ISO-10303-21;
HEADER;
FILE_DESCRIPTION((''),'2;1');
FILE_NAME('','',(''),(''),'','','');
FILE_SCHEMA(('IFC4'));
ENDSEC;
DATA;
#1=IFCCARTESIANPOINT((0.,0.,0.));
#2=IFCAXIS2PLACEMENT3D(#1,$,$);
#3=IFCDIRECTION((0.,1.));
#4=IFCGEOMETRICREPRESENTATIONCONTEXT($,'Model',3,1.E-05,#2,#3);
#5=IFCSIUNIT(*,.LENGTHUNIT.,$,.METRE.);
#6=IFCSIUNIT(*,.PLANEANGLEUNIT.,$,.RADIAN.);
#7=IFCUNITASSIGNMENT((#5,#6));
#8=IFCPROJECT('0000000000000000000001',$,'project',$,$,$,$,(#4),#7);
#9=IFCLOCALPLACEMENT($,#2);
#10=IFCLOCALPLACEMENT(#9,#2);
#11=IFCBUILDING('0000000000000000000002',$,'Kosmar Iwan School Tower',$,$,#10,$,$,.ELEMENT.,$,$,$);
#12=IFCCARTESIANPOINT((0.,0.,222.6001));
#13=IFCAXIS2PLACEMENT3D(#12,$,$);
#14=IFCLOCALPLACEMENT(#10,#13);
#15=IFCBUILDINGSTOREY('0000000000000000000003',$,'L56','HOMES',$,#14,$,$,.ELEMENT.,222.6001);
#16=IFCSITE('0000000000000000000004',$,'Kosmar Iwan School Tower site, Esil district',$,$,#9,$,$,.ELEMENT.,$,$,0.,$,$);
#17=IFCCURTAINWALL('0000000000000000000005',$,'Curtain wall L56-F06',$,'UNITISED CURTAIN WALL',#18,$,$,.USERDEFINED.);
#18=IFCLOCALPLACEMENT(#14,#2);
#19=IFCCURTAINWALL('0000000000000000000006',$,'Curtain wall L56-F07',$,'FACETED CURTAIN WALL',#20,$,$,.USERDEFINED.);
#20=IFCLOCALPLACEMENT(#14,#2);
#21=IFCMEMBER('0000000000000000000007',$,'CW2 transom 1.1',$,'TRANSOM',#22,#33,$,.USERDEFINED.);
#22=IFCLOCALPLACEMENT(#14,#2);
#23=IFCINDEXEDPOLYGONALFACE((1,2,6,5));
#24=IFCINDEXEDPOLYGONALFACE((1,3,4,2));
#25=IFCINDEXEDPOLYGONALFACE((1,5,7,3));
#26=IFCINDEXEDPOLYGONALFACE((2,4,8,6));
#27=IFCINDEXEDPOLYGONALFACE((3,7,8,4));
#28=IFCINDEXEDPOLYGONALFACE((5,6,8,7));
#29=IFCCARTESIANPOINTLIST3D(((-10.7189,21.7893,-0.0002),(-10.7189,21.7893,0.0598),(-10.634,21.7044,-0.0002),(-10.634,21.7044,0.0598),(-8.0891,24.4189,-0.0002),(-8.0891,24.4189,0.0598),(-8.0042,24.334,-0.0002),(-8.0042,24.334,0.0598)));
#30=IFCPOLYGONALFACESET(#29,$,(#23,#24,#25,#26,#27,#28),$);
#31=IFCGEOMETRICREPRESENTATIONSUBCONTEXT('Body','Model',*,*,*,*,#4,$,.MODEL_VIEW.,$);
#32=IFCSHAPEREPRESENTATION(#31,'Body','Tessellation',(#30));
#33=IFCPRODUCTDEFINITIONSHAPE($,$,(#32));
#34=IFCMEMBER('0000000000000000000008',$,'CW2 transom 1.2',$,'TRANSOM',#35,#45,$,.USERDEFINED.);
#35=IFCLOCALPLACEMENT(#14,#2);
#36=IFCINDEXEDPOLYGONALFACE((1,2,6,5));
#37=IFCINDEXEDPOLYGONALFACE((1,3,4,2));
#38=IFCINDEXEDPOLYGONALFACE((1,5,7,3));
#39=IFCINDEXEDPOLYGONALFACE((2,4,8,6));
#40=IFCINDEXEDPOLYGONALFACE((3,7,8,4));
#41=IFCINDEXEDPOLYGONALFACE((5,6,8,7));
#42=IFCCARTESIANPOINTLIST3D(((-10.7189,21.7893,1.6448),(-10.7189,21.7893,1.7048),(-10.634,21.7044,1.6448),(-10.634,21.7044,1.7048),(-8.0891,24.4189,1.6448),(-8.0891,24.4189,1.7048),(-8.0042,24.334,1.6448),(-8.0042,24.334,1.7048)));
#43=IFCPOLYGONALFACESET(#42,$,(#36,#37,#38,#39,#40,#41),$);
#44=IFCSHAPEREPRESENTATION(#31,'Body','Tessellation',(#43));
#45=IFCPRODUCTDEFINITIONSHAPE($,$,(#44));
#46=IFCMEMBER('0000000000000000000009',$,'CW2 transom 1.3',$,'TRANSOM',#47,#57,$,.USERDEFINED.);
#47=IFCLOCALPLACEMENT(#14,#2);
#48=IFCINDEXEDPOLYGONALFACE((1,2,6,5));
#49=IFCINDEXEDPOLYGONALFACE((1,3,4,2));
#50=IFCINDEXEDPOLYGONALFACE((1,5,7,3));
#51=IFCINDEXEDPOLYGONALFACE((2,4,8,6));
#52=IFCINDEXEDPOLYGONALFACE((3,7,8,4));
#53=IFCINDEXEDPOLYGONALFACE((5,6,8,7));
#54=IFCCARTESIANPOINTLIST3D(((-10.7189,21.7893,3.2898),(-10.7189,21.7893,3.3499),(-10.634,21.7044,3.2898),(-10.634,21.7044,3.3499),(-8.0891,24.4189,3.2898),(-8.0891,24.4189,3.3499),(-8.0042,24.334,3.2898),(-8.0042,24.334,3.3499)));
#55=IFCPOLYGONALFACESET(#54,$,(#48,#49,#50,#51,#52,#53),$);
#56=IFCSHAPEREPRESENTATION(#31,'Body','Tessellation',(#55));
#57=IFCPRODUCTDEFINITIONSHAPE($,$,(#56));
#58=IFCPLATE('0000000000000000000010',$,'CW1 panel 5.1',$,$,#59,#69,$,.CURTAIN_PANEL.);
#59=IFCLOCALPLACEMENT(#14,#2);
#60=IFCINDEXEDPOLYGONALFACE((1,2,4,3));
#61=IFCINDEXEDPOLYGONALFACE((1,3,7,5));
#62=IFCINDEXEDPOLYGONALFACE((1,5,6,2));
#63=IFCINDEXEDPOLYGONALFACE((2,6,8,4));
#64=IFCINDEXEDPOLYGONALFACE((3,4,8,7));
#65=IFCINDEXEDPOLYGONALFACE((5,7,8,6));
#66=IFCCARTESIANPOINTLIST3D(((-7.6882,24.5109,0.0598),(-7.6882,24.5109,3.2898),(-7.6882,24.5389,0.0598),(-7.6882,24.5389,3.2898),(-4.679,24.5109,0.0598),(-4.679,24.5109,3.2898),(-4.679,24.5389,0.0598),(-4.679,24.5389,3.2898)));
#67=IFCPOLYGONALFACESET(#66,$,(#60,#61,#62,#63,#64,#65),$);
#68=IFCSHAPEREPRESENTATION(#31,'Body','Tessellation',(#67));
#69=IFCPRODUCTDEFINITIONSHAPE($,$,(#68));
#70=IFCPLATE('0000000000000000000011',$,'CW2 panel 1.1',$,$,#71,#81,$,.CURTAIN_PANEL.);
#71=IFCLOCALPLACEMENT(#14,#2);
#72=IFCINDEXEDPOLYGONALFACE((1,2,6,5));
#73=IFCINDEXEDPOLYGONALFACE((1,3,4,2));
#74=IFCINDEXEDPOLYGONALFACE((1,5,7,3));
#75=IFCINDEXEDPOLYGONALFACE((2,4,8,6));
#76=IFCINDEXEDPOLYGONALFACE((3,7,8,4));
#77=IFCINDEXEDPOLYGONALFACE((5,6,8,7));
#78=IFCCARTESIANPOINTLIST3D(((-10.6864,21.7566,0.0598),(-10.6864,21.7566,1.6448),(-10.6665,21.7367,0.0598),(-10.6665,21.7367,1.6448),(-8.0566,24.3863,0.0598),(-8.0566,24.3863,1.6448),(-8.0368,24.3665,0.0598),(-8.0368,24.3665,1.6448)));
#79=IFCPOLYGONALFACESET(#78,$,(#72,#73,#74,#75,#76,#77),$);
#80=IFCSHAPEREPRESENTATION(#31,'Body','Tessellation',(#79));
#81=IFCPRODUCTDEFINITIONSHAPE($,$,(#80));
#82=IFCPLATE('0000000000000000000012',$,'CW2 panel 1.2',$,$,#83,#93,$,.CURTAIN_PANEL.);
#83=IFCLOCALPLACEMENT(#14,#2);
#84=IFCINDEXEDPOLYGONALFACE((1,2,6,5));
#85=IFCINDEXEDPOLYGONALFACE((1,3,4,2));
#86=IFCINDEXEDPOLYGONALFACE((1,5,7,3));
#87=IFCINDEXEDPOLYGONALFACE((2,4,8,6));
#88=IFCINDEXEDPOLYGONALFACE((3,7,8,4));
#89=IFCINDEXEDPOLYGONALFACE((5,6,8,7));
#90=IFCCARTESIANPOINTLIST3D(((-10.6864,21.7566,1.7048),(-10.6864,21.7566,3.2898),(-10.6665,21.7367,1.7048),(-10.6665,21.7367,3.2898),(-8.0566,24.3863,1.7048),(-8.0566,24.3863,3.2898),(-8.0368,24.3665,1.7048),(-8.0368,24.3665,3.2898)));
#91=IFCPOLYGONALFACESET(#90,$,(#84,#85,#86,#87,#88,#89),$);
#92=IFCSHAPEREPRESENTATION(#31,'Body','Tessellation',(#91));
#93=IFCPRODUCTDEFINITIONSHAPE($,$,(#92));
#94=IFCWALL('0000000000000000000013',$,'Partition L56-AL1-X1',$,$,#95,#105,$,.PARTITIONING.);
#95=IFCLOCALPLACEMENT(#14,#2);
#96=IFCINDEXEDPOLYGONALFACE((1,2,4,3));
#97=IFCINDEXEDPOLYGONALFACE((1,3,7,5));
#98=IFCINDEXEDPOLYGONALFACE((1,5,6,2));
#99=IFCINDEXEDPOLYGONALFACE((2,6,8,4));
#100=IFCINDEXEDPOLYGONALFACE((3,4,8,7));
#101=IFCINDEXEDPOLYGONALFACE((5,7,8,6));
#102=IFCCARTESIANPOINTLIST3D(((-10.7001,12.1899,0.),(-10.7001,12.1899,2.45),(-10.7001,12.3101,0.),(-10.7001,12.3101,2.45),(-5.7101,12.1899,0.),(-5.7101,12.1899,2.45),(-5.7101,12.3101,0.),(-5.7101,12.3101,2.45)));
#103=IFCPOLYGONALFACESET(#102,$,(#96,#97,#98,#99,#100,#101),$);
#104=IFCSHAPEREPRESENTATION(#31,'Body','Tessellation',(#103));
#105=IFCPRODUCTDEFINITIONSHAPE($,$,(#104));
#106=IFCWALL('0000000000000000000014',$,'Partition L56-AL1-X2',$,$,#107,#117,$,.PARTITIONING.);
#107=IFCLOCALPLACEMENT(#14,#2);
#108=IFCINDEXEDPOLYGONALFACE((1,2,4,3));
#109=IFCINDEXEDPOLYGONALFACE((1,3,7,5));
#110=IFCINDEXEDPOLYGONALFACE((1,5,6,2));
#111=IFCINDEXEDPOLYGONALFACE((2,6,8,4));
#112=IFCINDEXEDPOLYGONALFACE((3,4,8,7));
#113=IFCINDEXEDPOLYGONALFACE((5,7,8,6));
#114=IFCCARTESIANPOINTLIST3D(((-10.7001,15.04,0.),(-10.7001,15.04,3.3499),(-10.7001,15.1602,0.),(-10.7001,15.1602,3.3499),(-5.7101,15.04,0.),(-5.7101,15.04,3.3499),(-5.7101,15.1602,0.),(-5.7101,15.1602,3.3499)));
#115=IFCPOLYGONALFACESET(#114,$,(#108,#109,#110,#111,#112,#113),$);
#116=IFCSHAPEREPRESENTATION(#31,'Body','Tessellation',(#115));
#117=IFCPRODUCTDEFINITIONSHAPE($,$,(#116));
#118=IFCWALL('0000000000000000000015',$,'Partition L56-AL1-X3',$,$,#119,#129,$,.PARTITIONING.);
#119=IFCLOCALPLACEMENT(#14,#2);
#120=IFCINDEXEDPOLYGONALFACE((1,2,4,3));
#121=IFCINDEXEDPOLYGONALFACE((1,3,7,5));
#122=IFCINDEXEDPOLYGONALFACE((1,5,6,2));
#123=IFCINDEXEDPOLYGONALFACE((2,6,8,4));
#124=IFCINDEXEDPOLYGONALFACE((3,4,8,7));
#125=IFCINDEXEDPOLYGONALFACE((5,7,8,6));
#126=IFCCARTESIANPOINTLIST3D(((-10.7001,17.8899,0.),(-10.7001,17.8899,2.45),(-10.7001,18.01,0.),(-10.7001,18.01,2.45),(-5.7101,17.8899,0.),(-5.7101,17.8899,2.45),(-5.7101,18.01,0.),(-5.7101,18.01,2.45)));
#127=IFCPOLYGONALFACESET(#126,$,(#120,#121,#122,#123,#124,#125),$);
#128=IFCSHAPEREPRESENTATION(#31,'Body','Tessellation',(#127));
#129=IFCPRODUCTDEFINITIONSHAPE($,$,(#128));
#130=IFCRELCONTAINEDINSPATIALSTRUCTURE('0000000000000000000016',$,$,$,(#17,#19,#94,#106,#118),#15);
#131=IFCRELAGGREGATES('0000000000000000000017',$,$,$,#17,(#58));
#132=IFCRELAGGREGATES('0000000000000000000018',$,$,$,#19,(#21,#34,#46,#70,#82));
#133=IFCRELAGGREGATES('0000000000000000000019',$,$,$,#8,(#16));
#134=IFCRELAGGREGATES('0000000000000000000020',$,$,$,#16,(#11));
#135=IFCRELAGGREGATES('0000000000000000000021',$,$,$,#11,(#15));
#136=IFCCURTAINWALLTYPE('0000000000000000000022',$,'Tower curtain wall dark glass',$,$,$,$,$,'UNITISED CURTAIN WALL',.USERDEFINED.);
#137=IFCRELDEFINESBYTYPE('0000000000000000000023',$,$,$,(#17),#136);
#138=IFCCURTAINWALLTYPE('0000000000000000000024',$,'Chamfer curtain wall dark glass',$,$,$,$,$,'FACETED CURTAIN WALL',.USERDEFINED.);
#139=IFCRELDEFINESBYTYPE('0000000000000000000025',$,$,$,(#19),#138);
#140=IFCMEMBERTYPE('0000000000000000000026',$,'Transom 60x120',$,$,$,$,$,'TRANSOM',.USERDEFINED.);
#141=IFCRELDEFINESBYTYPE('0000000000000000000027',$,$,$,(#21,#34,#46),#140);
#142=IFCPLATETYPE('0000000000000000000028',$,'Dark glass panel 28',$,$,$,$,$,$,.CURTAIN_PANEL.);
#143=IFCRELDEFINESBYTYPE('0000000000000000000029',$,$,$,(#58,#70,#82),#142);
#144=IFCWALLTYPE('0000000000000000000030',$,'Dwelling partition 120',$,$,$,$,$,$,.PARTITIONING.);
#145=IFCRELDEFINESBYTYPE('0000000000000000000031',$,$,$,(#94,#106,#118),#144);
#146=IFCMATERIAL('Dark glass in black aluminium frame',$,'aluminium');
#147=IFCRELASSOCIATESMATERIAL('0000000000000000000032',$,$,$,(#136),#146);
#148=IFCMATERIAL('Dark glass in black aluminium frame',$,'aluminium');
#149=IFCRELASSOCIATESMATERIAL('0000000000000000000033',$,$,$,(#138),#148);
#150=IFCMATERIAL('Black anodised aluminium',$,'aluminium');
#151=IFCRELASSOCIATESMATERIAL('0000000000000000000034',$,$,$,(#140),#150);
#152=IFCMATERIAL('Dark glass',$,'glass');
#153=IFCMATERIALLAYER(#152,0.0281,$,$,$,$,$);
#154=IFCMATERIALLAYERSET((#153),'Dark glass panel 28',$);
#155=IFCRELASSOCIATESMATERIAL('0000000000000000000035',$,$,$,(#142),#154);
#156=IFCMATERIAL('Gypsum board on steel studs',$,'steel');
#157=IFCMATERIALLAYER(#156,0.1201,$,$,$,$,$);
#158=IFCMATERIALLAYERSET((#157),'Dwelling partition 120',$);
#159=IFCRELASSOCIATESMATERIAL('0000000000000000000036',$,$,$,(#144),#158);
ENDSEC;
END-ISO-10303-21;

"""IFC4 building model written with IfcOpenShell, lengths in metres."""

from ifc_helpers import new_model, si_unit, direction, frame, frame_2d, origin, origin_2d, place, context, subcontext, project, spatial, rectangle, extrude, material, layer, layer_set, material_profile, profile_set, type_object, element, aggregate, save


model = new_model("IFC4")

# Units and contexts
model_context = context("Model", 3, precision=1e-05, world=origin(), true_north=direction((0.0, 1.0)))
body_context = subcontext(model_context, "Body", "Model", "MODEL_VIEW")
ifc_project = project(units=[si_unit("LENGTHUNIT", "METRE"), si_unit("PLANEANGLEUNIT", "RADIAN")], contexts=[model_context])

# Site, building, storey
site_placement = place(None, origin())
site = spatial("IfcSite", under=ifc_project, at=site_placement, Name="Kosmar Iwan School Tower site, Esil district", CompositionType="ELEMENT", RefElevation=0.0)
building_placement = place(site_placement, origin())
building = spatial("IfcBuilding", under=site, at=building_placement, Name="Kosmar Iwan School Tower", CompositionType="ELEMENT")
storey_placement = place(building_placement, frame((0.0, 0.0, 222.6001)))
storey = spatial("IfcBuildingStorey", under=building, at=storey_placement, Name="L56", Description="HOMES", CompositionType="ELEMENT", Elevation=222.6001)

# Curtain wall
ifc_material_1 = material(Name="Dark glass in black aluminium frame", Category="aluminium")
curtain_wall_type_1 = type_object("IfcCurtainWallType", Name="Tower curtain wall dark glass", ElementType="UNITISED CURTAIN WALL", PredefinedType="USERDEFINED", material=ifc_material_1)
curtain_wall_1_placement = place(storey_placement, origin())
curtain_wall_1 = element("IfcCurtainWall", 1, at=curtain_wall_1_placement, inside=storey, type_object=curtain_wall_type_1, Name="Curtain wall L56-F06", ObjectType="UNITISED CURTAIN WALL", PredefinedType="USERDEFINED")

# Curtain wall
ifc_material_2 = material(Name="Dark glass in black aluminium frame", Category="aluminium")
curtain_wall_type_2 = type_object("IfcCurtainWallType", Name="Chamfer curtain wall dark glass", ElementType="FACETED CURTAIN WALL", PredefinedType="USERDEFINED", material=ifc_material_2)
curtain_wall_2_placement = place(storey_placement, origin())
curtain_wall_2 = element("IfcCurtainWall", 2, at=curtain_wall_2_placement, inside=storey, type_object=curtain_wall_type_2, Name="Curtain wall L56-F07", ObjectType="FACETED CURTAIN WALL", PredefinedType="USERDEFINED")

# Members
ifc_material_3 = material(Name="Black anodised aluminium", Category="aluminium")
ifc_material_profile_1 = material_profile(ifc_material_3, rectangle(XDim=0.1201, YDim=0.0601, at=origin_2d()), Name="TRANSOM 60x120")
ifc_profile_set_1 = profile_set([ifc_material_profile_1], Name="Black anodised aluminium")
member_type_1 = type_object("IfcMemberType", Name="Transom 60x120", ElementType="TRANSOM", PredefinedType="USERDEFINED", material=ifc_profile_set_1)
member_1_placement = place(storey_placement, frame((-8.0466, 24.3765, 0.0298), z_axis=(-0.70714, -0.707074, 0.0), x_axis=(0.707074, -0.70714, 0.0)))
member_1 = element("IfcMember", 3, at=member_1_placement, type_object=member_type_1, Name="CW2 transom 1.1", ObjectType="TRANSOM", PredefinedType="USERDEFINED", context=body_context, shape_type="SweptSolid", body=[
    extrude(rectangle(XDim=0.1201, YDim=0.0601, at=origin_2d()), origin(), (0.0, 0.0, 1.0), 3.719),
])
member_2_placement = place(storey_placement, frame((-8.0466, 24.3765, 1.6748), z_axis=(-0.70714, -0.707074, 0.0), x_axis=(0.707074, -0.70714, 0.0)))
member_2 = element("IfcMember", 4, at=member_2_placement, type_object=member_type_1, Name="CW2 transom 1.2", ObjectType="TRANSOM", PredefinedType="USERDEFINED", context=body_context, shape_type="SweptSolid", body=[
    extrude(rectangle(XDim=0.1201, YDim=0.0601, at=origin_2d()), origin(), (0.0, 0.0, 1.0), 3.719),
])
member_3_placement = place(storey_placement, frame((-8.0466, 24.3765, 3.3198), z_axis=(-0.70714, -0.707074, 0.0), x_axis=(0.707074, -0.70714, 0.0)))
member_3 = element("IfcMember", 5, at=member_3_placement, type_object=member_type_1, Name="CW2 transom 1.3", ObjectType="TRANSOM", PredefinedType="USERDEFINED", context=body_context, shape_type="SweptSolid", body=[
    extrude(rectangle(XDim=0.1201, YDim=0.0601, at=origin_2d()), origin(), (0.0, 0.0, 1.0), 3.719),
])

# Plates
ifc_material_4 = material(Name="Dark glass", Category="glass")
ifc_layer_1 = layer(ifc_material_4, 0.0281)
ifc_layer_set_1 = layer_set([ifc_layer_1], Name="Dark glass panel 28")
plate_type = type_object("IfcPlateType", Name="Dark glass panel 28", PredefinedType="CURTAIN_PANEL", material=ifc_layer_set_1)
plate_1_placement = place(storey_placement, frame((-6.1836, 24.5249, 0.0598), z_axis=(0.0, 0.0, 1.0), x_axis=(-1.0, 0.0, 0.0)))
plate_1 = element("IfcPlate", 6, at=plate_1_placement, type_object=plate_type, Name="CW1 panel 5.1", PredefinedType="CURTAIN_PANEL", context=body_context, shape_type="SweptSolid", body=[
    extrude(rectangle(XDim=3.0093, YDim=0.0281, at=origin_2d()), origin(), (0.0, 0.0, 1.0), 3.23),
])
aggregate(curtain_wall_1, [plate_1])
plate_2_placement = place(storey_placement, frame((-9.3616, 23.0615, 0.0598), z_axis=(0.0, 0.0, 1.0), x_axis=(-0.707107, -0.707107, 0.0)))
plate_2 = element("IfcPlate", 7, at=plate_2_placement, type_object=plate_type, Name="CW2 panel 1.1", PredefinedType="CURTAIN_PANEL", context=body_context, shape_type="SweptSolid", body=[
    extrude(rectangle(XDim=3.719, YDim=0.0281, at=origin_2d()), origin(), (0.0, 0.0, 1.0), 1.585),
])
plate_3_placement = place(storey_placement, frame((-9.3616, 23.0615, 1.7048), z_axis=(0.0, 0.0, 1.0), x_axis=(-0.707107, -0.707107, 0.0)))
plate_3 = element("IfcPlate", 8, at=plate_3_placement, type_object=plate_type, Name="CW2 panel 1.2", PredefinedType="CURTAIN_PANEL", context=body_context, shape_type="SweptSolid", body=[
    extrude(rectangle(XDim=3.719, YDim=0.0281, at=origin_2d()), origin(), (0.0, 0.0, 1.0), 1.585),
])
aggregate(curtain_wall_2, [member_1, member_2, member_3, plate_2, plate_3])

# Walls
ifc_material_5 = material(Name="Gypsum board on steel studs", Category="steel")
ifc_layer_2 = layer(ifc_material_5, 0.1201)
ifc_layer_set_2 = layer_set([ifc_layer_2], Name="Dwelling partition 120")
wall_type = type_object("IfcWallType", Name="Dwelling partition 120", PredefinedType="PARTITIONING", material=ifc_layer_set_2)
wall_1_placement = place(storey_placement, frame((-5.71, 12.25, 0.0), z_axis=(0.0, 0.0, 1.0), x_axis=(-1.0, 0.0, 0.0)))
element("IfcWall", 9, at=wall_1_placement, inside=storey, type_object=wall_type, Name="Partition L56-AL1-X1", PredefinedType="PARTITIONING", context=body_context, shape_type="SweptSolid", body=[
    extrude(rectangle(XDim=4.99, YDim=0.1201, at=frame_2d((2.4951, 0.0))), origin(), (0.0, 0.0, 1.0), 2.45),
])
wall_2_placement = place(storey_placement, frame((-5.71, 15.1001, 0.0), z_axis=(0.0, 0.0, 1.0), x_axis=(-1.0, 0.0, 0.0)))
element("IfcWall", 10, at=wall_2_placement, inside=storey, type_object=wall_type, Name="Partition L56-AL1-X2", PredefinedType="PARTITIONING", context=body_context, shape_type="SweptSolid", body=[
    extrude(rectangle(XDim=4.99, YDim=0.1201, at=frame_2d((2.4951, 0.0))), origin(), (0.0, 0.0, 1.0), 3.3499),
])
wall_3_placement = place(storey_placement, frame((-5.71, 17.95, 0.0), z_axis=(0.0, 0.0, 1.0), x_axis=(-1.0, 0.0, 0.0)))
element("IfcWall", 11, at=wall_3_placement, inside=storey, type_object=wall_type, Name="Partition L56-AL1-X3", PredefinedType="PARTITIONING", context=body_context, shape_type="SweptSolid", body=[
    extrude(rectangle(XDim=4.99, YDim=0.1201, at=frame_2d((2.4951, 0.0))), origin(), (0.0, 0.0, 1.0), 2.45),
])

save(model, "model.ifc")
